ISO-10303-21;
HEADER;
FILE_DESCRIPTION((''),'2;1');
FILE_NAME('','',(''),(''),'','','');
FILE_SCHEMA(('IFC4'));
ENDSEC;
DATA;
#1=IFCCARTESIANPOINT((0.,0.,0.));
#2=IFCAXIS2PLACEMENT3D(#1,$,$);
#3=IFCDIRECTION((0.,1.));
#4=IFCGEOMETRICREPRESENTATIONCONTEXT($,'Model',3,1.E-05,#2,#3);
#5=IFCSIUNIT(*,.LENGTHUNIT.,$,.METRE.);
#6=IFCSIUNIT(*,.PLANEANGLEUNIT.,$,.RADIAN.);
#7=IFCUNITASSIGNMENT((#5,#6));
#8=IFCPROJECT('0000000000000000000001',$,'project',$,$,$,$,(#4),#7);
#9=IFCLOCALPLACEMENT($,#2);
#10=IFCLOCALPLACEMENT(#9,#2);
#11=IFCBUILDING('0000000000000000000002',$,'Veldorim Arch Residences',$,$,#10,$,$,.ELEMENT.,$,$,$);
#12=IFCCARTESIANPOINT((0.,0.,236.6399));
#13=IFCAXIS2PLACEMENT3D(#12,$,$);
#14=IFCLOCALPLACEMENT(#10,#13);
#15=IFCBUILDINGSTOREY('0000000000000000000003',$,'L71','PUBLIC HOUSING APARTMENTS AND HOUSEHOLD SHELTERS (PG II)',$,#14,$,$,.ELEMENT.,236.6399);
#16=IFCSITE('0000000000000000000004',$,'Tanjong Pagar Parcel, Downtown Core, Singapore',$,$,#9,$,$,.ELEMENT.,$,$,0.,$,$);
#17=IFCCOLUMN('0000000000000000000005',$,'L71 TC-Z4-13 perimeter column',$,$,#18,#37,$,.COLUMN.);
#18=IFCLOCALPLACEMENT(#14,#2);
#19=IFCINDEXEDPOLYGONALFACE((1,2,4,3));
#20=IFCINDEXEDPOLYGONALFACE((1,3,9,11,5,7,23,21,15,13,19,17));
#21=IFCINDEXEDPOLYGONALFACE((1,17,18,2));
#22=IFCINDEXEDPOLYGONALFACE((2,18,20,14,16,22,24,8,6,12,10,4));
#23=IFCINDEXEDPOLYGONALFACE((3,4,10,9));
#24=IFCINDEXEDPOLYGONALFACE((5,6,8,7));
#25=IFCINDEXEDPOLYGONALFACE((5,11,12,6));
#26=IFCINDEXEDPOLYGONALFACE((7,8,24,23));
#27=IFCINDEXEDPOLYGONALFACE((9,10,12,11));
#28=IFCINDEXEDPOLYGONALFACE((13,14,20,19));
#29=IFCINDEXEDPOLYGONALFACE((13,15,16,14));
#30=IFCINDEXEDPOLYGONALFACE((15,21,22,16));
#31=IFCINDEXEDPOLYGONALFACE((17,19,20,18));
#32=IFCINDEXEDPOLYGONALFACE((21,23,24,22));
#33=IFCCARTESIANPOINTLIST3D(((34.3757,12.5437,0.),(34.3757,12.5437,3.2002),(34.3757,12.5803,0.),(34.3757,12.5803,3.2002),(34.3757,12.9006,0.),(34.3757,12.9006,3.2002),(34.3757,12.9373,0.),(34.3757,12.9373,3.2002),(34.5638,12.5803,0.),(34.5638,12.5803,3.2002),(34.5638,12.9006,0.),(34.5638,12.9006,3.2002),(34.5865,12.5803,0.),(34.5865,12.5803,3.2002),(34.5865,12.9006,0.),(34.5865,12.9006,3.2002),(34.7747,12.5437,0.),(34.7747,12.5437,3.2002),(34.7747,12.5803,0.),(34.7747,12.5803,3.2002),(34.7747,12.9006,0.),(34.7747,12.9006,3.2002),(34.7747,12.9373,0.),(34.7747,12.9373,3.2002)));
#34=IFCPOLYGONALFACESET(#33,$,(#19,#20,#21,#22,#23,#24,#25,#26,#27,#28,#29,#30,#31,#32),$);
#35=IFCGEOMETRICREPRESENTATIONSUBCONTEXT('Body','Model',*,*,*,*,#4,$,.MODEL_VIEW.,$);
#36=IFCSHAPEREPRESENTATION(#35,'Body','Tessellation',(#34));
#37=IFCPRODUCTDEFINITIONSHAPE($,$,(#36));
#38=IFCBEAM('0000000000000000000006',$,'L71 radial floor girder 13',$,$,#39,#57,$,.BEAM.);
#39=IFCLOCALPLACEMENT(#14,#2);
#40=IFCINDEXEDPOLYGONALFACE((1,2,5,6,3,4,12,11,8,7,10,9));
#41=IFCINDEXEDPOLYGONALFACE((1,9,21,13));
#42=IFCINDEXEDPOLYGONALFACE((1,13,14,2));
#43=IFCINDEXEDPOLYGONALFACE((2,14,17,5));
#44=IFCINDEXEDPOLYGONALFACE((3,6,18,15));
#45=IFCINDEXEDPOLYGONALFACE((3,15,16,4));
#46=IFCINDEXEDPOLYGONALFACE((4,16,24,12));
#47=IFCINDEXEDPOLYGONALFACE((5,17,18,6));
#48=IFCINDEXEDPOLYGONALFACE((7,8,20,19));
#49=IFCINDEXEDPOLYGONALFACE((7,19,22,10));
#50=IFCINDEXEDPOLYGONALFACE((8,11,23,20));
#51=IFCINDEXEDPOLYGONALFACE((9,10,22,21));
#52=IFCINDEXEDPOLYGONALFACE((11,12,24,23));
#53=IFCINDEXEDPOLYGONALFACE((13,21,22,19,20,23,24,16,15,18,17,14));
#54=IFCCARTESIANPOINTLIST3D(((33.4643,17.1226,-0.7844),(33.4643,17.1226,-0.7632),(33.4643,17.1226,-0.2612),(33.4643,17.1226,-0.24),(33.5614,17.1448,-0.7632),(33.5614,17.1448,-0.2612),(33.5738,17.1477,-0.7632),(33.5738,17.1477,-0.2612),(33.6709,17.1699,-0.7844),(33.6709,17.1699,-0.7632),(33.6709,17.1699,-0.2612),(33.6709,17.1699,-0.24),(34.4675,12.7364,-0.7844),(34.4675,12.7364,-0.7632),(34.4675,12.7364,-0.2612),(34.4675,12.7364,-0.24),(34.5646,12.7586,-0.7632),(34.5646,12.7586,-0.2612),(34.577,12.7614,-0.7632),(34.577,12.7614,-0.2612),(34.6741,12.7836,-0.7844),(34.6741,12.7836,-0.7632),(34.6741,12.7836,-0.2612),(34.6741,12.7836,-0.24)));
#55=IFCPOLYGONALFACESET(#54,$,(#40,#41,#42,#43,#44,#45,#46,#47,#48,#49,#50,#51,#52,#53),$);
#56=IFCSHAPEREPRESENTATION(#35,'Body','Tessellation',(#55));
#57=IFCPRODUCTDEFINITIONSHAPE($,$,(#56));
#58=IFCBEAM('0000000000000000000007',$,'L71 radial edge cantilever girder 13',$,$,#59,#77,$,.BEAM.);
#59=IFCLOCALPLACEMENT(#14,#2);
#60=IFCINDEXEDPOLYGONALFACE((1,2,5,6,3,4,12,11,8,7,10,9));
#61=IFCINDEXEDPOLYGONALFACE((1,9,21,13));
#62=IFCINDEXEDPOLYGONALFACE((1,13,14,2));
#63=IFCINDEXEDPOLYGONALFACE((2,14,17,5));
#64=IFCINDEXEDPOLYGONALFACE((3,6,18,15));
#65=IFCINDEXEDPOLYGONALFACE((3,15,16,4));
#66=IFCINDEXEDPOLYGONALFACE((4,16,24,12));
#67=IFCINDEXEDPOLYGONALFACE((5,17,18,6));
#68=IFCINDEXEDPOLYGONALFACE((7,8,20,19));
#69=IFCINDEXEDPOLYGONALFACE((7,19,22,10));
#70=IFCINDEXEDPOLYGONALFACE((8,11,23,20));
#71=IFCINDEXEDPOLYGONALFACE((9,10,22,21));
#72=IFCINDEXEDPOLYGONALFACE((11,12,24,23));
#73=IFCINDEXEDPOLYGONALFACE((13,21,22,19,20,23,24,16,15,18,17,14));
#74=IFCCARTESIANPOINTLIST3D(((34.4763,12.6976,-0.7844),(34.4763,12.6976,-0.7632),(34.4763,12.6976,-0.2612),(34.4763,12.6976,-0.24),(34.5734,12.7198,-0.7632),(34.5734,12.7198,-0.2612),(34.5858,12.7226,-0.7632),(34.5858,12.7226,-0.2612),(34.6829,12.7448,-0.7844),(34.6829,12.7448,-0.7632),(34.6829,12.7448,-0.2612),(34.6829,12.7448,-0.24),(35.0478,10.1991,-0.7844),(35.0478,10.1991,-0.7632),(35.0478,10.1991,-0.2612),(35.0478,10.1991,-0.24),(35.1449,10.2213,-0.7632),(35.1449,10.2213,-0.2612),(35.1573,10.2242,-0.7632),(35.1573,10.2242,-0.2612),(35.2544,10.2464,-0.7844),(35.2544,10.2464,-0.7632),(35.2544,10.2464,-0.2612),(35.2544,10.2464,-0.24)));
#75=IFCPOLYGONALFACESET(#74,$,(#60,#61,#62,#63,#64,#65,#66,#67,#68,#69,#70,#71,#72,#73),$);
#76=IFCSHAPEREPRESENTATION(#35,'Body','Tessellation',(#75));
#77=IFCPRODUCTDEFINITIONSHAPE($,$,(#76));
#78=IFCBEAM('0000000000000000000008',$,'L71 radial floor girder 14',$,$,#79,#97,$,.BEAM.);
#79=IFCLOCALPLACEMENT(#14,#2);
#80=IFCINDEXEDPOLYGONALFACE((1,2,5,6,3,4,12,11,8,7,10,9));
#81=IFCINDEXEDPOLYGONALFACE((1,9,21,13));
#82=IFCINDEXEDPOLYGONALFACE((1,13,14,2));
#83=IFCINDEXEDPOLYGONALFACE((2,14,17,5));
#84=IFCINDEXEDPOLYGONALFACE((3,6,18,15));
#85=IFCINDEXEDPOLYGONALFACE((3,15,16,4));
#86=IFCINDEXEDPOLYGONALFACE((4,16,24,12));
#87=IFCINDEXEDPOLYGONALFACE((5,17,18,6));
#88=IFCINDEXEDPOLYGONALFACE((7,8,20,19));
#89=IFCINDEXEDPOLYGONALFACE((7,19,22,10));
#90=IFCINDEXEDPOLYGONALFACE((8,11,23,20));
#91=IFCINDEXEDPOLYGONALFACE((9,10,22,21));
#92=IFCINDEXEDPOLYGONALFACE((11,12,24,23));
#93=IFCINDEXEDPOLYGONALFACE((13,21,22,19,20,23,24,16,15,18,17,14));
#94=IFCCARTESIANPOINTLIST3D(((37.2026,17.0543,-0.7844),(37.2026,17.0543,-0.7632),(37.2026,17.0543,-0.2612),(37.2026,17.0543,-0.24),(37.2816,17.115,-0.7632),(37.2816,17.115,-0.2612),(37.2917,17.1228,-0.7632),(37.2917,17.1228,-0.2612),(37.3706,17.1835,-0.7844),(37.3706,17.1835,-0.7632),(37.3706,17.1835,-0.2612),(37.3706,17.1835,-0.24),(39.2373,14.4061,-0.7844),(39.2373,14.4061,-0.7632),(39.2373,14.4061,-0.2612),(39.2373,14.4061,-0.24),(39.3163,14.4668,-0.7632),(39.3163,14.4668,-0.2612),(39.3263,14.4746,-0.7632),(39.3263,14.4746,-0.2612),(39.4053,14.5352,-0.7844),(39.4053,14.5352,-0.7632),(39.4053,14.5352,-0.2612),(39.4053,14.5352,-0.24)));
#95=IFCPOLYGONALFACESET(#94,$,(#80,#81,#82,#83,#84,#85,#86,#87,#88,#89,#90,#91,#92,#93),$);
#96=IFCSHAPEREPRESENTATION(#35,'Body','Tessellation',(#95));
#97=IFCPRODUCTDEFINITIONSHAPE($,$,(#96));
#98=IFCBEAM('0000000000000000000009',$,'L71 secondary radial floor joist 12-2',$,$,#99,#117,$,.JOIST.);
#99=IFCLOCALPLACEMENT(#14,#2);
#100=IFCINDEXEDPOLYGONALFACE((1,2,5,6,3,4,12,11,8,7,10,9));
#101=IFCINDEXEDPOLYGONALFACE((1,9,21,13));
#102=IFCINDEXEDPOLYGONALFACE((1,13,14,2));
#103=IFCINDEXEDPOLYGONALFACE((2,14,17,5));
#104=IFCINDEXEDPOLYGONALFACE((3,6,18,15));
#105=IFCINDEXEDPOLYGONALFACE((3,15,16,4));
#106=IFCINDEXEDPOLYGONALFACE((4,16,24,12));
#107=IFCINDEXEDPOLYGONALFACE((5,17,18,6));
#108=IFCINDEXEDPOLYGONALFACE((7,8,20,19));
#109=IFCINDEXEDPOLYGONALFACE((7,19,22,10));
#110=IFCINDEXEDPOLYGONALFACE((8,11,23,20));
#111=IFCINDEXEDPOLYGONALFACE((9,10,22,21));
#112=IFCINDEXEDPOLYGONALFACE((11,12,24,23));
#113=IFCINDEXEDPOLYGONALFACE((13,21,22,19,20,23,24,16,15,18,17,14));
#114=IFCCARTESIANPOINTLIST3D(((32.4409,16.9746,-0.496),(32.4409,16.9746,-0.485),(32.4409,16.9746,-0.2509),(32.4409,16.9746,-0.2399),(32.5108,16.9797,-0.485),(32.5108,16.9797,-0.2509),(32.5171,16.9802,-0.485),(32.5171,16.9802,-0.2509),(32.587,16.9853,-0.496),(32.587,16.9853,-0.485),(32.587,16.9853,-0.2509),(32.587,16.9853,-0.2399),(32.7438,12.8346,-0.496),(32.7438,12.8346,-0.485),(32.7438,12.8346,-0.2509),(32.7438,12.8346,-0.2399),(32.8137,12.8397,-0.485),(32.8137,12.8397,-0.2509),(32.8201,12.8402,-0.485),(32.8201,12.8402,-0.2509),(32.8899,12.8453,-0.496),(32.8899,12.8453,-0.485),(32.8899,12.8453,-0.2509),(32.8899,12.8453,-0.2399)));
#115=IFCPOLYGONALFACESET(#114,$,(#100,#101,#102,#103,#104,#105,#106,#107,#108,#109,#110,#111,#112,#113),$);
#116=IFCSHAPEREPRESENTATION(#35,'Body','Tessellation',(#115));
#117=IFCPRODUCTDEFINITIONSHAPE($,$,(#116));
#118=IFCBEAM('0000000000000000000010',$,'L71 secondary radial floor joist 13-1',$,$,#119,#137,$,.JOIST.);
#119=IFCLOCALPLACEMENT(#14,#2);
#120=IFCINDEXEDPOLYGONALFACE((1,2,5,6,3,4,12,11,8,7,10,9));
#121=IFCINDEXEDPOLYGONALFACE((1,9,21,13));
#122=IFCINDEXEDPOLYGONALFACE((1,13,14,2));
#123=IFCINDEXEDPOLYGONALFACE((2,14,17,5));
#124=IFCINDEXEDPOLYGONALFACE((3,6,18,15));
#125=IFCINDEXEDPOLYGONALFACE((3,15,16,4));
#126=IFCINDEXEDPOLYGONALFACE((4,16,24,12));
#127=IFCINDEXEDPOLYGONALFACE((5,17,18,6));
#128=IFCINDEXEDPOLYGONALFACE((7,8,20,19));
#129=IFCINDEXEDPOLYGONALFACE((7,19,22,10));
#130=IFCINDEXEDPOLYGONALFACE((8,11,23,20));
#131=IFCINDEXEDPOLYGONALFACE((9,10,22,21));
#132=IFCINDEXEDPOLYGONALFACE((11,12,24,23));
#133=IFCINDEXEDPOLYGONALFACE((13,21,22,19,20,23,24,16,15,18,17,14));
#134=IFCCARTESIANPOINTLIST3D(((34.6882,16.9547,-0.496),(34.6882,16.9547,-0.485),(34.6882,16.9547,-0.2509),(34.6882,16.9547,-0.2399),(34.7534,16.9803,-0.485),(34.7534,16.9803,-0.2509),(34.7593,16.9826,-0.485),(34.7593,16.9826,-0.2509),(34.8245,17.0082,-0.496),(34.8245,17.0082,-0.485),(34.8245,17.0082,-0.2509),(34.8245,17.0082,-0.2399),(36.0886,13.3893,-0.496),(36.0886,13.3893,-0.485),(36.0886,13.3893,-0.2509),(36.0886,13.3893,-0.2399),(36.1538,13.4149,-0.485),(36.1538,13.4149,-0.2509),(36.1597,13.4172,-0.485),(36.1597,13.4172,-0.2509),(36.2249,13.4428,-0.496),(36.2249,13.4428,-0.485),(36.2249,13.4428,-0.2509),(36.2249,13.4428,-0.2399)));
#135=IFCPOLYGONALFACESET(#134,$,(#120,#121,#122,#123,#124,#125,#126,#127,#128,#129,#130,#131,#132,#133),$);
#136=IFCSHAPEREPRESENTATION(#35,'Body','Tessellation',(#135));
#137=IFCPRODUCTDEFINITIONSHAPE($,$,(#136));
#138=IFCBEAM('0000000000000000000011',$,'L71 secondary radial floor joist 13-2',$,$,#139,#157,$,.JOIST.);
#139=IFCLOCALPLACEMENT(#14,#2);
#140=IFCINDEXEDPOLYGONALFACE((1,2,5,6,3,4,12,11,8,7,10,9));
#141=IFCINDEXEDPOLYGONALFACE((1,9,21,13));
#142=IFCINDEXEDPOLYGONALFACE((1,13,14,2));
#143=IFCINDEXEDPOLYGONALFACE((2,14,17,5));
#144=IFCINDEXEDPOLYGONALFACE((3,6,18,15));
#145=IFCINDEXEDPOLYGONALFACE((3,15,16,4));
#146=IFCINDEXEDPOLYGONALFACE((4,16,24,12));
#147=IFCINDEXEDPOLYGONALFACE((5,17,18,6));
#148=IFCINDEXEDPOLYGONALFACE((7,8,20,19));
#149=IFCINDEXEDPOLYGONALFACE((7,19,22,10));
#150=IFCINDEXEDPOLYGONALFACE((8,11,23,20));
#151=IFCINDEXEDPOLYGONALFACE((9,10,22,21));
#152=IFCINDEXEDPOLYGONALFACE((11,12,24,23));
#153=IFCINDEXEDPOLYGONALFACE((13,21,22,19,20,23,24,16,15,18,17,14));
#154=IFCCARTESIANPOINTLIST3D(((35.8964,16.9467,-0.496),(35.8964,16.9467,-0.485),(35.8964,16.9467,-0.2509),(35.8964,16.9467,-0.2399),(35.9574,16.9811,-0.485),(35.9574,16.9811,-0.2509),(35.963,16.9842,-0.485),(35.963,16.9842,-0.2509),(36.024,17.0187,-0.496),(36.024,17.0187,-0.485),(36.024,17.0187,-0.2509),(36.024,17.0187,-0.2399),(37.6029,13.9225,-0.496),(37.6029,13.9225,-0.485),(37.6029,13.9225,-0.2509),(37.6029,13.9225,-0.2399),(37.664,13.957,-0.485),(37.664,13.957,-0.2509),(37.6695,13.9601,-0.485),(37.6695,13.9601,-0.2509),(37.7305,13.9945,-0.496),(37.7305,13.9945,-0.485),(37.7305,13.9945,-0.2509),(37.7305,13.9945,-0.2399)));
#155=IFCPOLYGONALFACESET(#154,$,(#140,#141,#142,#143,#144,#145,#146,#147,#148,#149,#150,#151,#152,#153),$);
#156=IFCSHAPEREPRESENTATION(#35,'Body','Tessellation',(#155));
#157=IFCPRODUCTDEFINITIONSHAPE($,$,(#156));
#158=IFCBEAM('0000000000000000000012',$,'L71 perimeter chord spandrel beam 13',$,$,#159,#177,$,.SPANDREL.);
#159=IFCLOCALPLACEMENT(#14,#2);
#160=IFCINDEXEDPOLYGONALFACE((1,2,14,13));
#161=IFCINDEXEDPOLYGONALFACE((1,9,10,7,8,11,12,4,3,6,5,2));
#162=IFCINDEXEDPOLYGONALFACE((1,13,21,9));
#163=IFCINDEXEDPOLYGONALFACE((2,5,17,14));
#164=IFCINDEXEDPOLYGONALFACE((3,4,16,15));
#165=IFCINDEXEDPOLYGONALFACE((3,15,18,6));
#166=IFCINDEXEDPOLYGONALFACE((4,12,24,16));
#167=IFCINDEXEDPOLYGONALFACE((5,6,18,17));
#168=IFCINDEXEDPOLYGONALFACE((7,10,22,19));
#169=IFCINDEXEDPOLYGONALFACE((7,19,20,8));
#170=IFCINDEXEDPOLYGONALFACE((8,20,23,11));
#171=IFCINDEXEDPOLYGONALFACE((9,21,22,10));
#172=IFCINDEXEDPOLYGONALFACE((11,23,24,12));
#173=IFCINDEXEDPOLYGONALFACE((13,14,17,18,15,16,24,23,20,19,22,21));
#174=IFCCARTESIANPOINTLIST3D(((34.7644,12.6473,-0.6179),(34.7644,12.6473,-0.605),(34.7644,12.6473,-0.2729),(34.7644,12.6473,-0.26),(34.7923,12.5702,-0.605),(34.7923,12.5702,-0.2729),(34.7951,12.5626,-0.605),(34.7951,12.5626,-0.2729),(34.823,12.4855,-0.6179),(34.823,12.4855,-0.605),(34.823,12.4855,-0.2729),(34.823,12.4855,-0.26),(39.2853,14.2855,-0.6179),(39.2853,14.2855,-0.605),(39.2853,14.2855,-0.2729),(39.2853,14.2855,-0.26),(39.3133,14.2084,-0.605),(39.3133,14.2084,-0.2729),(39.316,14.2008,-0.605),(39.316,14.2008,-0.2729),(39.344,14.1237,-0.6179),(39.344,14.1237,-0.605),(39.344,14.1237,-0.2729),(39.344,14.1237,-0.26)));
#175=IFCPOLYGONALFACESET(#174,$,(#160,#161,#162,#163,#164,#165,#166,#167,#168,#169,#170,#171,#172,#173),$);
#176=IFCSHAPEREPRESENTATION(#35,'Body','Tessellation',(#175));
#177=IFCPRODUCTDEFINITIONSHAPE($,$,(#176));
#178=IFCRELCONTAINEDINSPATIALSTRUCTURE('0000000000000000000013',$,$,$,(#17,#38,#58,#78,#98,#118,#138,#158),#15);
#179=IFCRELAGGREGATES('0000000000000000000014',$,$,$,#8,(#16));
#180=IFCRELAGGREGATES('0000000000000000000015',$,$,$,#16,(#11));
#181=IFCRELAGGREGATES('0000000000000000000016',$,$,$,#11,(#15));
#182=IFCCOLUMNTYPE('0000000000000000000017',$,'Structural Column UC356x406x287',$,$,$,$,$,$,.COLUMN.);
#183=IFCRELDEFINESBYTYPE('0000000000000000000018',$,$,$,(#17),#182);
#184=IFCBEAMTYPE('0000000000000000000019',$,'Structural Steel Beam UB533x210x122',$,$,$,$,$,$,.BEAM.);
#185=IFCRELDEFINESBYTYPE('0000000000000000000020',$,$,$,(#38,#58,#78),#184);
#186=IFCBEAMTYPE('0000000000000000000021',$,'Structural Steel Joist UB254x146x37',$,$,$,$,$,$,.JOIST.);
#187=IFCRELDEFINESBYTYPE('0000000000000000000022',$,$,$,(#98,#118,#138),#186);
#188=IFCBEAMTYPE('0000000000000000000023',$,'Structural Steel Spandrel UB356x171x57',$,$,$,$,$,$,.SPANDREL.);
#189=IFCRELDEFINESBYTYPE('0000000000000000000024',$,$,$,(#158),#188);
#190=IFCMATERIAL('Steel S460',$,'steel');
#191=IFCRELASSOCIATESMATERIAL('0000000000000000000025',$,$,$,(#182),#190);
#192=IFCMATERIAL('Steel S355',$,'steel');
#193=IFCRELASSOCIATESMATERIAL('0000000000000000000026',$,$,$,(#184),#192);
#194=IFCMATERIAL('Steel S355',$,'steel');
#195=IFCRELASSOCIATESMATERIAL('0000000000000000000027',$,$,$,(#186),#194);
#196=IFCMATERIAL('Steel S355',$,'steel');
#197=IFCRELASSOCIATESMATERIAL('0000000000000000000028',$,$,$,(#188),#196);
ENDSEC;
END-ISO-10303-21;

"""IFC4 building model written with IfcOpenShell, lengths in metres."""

from ifc_helpers import new_model, si_unit, direction, frame, origin, origin_2d, place, context, subcontext, project, spatial, i_section, extrude, material, material_profile, profile_set, type_object, element, save


model = new_model("IFC4")

# Units and contexts
model_context = context("Model", 3, precision=1e-05, world=origin(), true_north=direction((0.0, 1.0)))
body_context = subcontext(model_context, "Body", "Model", "MODEL_VIEW")
ifc_project = project(units=[si_unit("LENGTHUNIT", "METRE"), si_unit("PLANEANGLEUNIT", "RADIAN")], contexts=[model_context])

# Site, building, storey
site_placement = place(None, origin())
site = spatial("IfcSite", under=ifc_project, at=site_placement, Name="Tanjong Pagar Parcel, Downtown Core, Singapore", CompositionType="ELEMENT", RefElevation=0.0)
building_placement = place(site_placement, origin())
building = spatial("IfcBuilding", under=site, at=building_placement, Name="Veldorim Arch Residences", CompositionType="ELEMENT")
storey_placement = place(building_placement, frame((0.0, 0.0, 236.6399)))
storey = spatial("IfcBuildingStorey", under=building, at=storey_placement, Name="L71", Description="PUBLIC HOUSING APARTMENTS AND HOUSEHOLD SHELTERS (PG II)", CompositionType="ELEMENT", Elevation=236.6399)

# Column
ifc_material_1 = material(Name="Steel S460", Category="steel")
ifc_material_profile_1 = material_profile(ifc_material_1, i_section(OverallWidth=0.3989, OverallDepth=0.3936, WebThickness=0.0227, FlangeThickness=0.0366, at=origin_2d()), Name="UC356x406x287")
ifc_profile_set_1 = profile_set([ifc_material_profile_1], Name="Steel S460")
column_type = type_object("IfcColumnType", Name="Structural Column UC356x406x287", PredefinedType="COLUMN", material=ifc_profile_set_1)
column_placement = place(storey_placement, frame((34.5752, 12.7405, 0.0), z_axis=(0.0, 0.0, 1.0), x_axis=(1.0, 0.0, 0.0)))
element("IfcColumn", 1, at=column_placement, inside=storey, type_object=column_type, Name="L71 TC-Z4-13 perimeter column", PredefinedType="COLUMN", context=body_context, shape_type="SweptSolid", body=[
    extrude(i_section(OverallWidth=0.3989, OverallDepth=0.3936, WebThickness=0.0227, FlangeThickness=0.0366, at=origin_2d()), origin(), (0.0, 0.0, 1.0), 3.2002),
])

# Beams
ifc_material_2 = material(Name="Steel S355", Category="steel")
ifc_material_profile_2 = material_profile(ifc_material_2, i_section(OverallWidth=0.2119, OverallDepth=0.5444, WebThickness=0.0127, FlangeThickness=0.0212, at=origin_2d()), Name="UB533x210x122")
ifc_profile_set_2 = profile_set([ifc_material_profile_2], Name="Steel S355")
beam_type_1 = type_object("IfcBeamType", Name="Structural Steel Beam UB533x210x122", PredefinedType="BEAM", material=ifc_profile_set_2)
beam_1_placement = place(storey_placement, frame((33.5676, 17.1462, -0.5122), z_axis=(0.222953, -0.974829, 0.0), x_axis=(0.974829, 0.222953, 0.0)))
element("IfcBeam", 2, at=beam_1_placement, inside=storey, type_object=beam_type_1, Name="L71 radial floor girder 13", PredefinedType="BEAM", context=body_context, shape_type="SweptSolid", body=[
    extrude(i_section(OverallWidth=0.2119, OverallDepth=0.5444, WebThickness=0.0127, FlangeThickness=0.0212, at=origin_2d()), origin(), (0.0, 0.0, 1.0), 4.4995),
])
beam_2_placement = place(storey_placement, frame((34.5796, 12.7212, -0.5122), z_axis=(0.222988, -0.974821, 0.0), x_axis=(0.974821, 0.222988, 0.0)))
element("IfcBeam", 3, at=beam_2_placement, inside=storey, type_object=beam_type_1, Name="L71 radial edge cantilever girder 13", PredefinedType="BEAM", context=body_context, shape_type="SweptSolid", body=[
    extrude(i_section(OverallWidth=0.2119, OverallDepth=0.5444, WebThickness=0.0127, FlangeThickness=0.0212, at=origin_2d()), origin(), (0.0, 0.0, 1.0), 2.563),
])
beam_3_placement = place(storey_placement, frame((37.2866, 17.1189, -0.5122), z_axis=(0.609258, -0.792972, 0.0), x_axis=(0.792972, 0.609258, 0.0)))
element("IfcBeam", 4, at=beam_3_placement, inside=storey, type_object=beam_type_1, Name="L71 radial floor girder 14", PredefinedType="BEAM", context=body_context, shape_type="SweptSolid", body=[
    extrude(i_section(OverallWidth=0.2119, OverallDepth=0.5444, WebThickness=0.0127, FlangeThickness=0.0212, at=origin_2d()), origin(), (0.0, 0.0, 1.0), 3.3396),
])
ifc_material_3 = material(Name="Steel S355", Category="steel")
ifc_material_profile_3 = material_profile(ifc_material_3, i_section(OverallWidth=0.1465, OverallDepth=0.2561, WebThickness=0.0063, FlangeThickness=0.011, at=origin_2d()), Name="UB254x146x37")
ifc_profile_set_3 = profile_set([ifc_material_profile_3], Name="Steel S355")
beam_type_2 = type_object("IfcBeamType", Name="Structural Steel Joist UB254x146x37", PredefinedType="JOIST", material=ifc_profile_set_3)
beam_4_placement = place(storey_placement, frame((32.5139, 16.98, -0.3679), z_axis=(0.072986, -0.997333, 0.0), x_axis=(0.997333, 0.072986, 0.0)))
element("IfcBeam", 5, at=beam_4_placement, inside=storey, type_object=beam_type_2, Name="L71 secondary radial floor joist 12-2", PredefinedType="JOIST", context=body_context, shape_type="SweptSolid", body=[
    extrude(i_section(OverallWidth=0.1465, OverallDepth=0.2561, WebThickness=0.0063, FlangeThickness=0.011, at=origin_2d()), origin(), (0.0, 0.0, 1.0), 4.1511),
])
beam_5_placement = place(storey_placement, frame((34.7563, 16.9814, -0.3679), z_axis=(0.365581, -0.930779, 0.0), x_axis=(0.930779, 0.365581, 0.0)))
element("IfcBeam", 6, at=beam_5_placement, inside=storey, type_object=beam_type_2, Name="L71 secondary radial floor joist 13-1", PredefinedType="JOIST", context=body_context, shape_type="SweptSolid", body=[
    extrude(i_section(OverallWidth=0.1465, OverallDepth=0.2561, WebThickness=0.0063, FlangeThickness=0.011, at=origin_2d()), origin(), (0.0, 0.0, 1.0), 3.8306),
])
beam_6_placement = place(storey_placement, frame((35.9602, 16.9827, -0.3679), z_axis=(0.491452, -0.870904, 0.0), x_axis=(0.870904, 0.491452, 0.0)))
element("IfcBeam", 7, at=beam_6_placement, inside=storey, type_object=beam_type_2, Name="L71 secondary radial floor joist 13-2", PredefinedType="JOIST", context=body_context, shape_type="SweptSolid", body=[
    extrude(i_section(OverallWidth=0.1465, OverallDepth=0.2561, WebThickness=0.0063, FlangeThickness=0.011, at=origin_2d()), origin(), (0.0, 0.0, 1.0), 3.4724),
])
ifc_material_4 = material(Name="Steel S355", Category="steel")
ifc_material_profile_4 = material_profile(ifc_material_4, i_section(OverallWidth=0.1721, OverallDepth=0.3579, WebThickness=0.0081, FlangeThickness=0.0129, at=origin_2d()), Name="UB356x171x57")
ifc_profile_set_4 = profile_set([ifc_material_profile_4], Name="Steel S355")
beam_type_3 = type_object("IfcBeamType", Name="Structural Steel Spandrel UB356x171x57", PredefinedType="SPANDREL", material=ifc_profile_set_4)
beam_7_placement = place(storey_placement, frame((34.7937, 12.5664, -0.439), z_axis=(0.940181, 0.340675, 0.0), x_axis=(-0.340675, 0.940181, 0.0)))
element("IfcBeam", 8, at=beam_7_placement, inside=storey, type_object=beam_type_3, Name="L71 perimeter chord spandrel beam 13", PredefinedType="SPANDREL", context=body_context, shape_type="SweptSolid", body=[
    extrude(i_section(OverallWidth=0.1721, OverallDepth=0.3579, WebThickness=0.0081, FlangeThickness=0.0129, at=origin_2d()), origin(), (0.0, 0.0, 1.0), 4.8086),
])

save(model, "model.ifc")
